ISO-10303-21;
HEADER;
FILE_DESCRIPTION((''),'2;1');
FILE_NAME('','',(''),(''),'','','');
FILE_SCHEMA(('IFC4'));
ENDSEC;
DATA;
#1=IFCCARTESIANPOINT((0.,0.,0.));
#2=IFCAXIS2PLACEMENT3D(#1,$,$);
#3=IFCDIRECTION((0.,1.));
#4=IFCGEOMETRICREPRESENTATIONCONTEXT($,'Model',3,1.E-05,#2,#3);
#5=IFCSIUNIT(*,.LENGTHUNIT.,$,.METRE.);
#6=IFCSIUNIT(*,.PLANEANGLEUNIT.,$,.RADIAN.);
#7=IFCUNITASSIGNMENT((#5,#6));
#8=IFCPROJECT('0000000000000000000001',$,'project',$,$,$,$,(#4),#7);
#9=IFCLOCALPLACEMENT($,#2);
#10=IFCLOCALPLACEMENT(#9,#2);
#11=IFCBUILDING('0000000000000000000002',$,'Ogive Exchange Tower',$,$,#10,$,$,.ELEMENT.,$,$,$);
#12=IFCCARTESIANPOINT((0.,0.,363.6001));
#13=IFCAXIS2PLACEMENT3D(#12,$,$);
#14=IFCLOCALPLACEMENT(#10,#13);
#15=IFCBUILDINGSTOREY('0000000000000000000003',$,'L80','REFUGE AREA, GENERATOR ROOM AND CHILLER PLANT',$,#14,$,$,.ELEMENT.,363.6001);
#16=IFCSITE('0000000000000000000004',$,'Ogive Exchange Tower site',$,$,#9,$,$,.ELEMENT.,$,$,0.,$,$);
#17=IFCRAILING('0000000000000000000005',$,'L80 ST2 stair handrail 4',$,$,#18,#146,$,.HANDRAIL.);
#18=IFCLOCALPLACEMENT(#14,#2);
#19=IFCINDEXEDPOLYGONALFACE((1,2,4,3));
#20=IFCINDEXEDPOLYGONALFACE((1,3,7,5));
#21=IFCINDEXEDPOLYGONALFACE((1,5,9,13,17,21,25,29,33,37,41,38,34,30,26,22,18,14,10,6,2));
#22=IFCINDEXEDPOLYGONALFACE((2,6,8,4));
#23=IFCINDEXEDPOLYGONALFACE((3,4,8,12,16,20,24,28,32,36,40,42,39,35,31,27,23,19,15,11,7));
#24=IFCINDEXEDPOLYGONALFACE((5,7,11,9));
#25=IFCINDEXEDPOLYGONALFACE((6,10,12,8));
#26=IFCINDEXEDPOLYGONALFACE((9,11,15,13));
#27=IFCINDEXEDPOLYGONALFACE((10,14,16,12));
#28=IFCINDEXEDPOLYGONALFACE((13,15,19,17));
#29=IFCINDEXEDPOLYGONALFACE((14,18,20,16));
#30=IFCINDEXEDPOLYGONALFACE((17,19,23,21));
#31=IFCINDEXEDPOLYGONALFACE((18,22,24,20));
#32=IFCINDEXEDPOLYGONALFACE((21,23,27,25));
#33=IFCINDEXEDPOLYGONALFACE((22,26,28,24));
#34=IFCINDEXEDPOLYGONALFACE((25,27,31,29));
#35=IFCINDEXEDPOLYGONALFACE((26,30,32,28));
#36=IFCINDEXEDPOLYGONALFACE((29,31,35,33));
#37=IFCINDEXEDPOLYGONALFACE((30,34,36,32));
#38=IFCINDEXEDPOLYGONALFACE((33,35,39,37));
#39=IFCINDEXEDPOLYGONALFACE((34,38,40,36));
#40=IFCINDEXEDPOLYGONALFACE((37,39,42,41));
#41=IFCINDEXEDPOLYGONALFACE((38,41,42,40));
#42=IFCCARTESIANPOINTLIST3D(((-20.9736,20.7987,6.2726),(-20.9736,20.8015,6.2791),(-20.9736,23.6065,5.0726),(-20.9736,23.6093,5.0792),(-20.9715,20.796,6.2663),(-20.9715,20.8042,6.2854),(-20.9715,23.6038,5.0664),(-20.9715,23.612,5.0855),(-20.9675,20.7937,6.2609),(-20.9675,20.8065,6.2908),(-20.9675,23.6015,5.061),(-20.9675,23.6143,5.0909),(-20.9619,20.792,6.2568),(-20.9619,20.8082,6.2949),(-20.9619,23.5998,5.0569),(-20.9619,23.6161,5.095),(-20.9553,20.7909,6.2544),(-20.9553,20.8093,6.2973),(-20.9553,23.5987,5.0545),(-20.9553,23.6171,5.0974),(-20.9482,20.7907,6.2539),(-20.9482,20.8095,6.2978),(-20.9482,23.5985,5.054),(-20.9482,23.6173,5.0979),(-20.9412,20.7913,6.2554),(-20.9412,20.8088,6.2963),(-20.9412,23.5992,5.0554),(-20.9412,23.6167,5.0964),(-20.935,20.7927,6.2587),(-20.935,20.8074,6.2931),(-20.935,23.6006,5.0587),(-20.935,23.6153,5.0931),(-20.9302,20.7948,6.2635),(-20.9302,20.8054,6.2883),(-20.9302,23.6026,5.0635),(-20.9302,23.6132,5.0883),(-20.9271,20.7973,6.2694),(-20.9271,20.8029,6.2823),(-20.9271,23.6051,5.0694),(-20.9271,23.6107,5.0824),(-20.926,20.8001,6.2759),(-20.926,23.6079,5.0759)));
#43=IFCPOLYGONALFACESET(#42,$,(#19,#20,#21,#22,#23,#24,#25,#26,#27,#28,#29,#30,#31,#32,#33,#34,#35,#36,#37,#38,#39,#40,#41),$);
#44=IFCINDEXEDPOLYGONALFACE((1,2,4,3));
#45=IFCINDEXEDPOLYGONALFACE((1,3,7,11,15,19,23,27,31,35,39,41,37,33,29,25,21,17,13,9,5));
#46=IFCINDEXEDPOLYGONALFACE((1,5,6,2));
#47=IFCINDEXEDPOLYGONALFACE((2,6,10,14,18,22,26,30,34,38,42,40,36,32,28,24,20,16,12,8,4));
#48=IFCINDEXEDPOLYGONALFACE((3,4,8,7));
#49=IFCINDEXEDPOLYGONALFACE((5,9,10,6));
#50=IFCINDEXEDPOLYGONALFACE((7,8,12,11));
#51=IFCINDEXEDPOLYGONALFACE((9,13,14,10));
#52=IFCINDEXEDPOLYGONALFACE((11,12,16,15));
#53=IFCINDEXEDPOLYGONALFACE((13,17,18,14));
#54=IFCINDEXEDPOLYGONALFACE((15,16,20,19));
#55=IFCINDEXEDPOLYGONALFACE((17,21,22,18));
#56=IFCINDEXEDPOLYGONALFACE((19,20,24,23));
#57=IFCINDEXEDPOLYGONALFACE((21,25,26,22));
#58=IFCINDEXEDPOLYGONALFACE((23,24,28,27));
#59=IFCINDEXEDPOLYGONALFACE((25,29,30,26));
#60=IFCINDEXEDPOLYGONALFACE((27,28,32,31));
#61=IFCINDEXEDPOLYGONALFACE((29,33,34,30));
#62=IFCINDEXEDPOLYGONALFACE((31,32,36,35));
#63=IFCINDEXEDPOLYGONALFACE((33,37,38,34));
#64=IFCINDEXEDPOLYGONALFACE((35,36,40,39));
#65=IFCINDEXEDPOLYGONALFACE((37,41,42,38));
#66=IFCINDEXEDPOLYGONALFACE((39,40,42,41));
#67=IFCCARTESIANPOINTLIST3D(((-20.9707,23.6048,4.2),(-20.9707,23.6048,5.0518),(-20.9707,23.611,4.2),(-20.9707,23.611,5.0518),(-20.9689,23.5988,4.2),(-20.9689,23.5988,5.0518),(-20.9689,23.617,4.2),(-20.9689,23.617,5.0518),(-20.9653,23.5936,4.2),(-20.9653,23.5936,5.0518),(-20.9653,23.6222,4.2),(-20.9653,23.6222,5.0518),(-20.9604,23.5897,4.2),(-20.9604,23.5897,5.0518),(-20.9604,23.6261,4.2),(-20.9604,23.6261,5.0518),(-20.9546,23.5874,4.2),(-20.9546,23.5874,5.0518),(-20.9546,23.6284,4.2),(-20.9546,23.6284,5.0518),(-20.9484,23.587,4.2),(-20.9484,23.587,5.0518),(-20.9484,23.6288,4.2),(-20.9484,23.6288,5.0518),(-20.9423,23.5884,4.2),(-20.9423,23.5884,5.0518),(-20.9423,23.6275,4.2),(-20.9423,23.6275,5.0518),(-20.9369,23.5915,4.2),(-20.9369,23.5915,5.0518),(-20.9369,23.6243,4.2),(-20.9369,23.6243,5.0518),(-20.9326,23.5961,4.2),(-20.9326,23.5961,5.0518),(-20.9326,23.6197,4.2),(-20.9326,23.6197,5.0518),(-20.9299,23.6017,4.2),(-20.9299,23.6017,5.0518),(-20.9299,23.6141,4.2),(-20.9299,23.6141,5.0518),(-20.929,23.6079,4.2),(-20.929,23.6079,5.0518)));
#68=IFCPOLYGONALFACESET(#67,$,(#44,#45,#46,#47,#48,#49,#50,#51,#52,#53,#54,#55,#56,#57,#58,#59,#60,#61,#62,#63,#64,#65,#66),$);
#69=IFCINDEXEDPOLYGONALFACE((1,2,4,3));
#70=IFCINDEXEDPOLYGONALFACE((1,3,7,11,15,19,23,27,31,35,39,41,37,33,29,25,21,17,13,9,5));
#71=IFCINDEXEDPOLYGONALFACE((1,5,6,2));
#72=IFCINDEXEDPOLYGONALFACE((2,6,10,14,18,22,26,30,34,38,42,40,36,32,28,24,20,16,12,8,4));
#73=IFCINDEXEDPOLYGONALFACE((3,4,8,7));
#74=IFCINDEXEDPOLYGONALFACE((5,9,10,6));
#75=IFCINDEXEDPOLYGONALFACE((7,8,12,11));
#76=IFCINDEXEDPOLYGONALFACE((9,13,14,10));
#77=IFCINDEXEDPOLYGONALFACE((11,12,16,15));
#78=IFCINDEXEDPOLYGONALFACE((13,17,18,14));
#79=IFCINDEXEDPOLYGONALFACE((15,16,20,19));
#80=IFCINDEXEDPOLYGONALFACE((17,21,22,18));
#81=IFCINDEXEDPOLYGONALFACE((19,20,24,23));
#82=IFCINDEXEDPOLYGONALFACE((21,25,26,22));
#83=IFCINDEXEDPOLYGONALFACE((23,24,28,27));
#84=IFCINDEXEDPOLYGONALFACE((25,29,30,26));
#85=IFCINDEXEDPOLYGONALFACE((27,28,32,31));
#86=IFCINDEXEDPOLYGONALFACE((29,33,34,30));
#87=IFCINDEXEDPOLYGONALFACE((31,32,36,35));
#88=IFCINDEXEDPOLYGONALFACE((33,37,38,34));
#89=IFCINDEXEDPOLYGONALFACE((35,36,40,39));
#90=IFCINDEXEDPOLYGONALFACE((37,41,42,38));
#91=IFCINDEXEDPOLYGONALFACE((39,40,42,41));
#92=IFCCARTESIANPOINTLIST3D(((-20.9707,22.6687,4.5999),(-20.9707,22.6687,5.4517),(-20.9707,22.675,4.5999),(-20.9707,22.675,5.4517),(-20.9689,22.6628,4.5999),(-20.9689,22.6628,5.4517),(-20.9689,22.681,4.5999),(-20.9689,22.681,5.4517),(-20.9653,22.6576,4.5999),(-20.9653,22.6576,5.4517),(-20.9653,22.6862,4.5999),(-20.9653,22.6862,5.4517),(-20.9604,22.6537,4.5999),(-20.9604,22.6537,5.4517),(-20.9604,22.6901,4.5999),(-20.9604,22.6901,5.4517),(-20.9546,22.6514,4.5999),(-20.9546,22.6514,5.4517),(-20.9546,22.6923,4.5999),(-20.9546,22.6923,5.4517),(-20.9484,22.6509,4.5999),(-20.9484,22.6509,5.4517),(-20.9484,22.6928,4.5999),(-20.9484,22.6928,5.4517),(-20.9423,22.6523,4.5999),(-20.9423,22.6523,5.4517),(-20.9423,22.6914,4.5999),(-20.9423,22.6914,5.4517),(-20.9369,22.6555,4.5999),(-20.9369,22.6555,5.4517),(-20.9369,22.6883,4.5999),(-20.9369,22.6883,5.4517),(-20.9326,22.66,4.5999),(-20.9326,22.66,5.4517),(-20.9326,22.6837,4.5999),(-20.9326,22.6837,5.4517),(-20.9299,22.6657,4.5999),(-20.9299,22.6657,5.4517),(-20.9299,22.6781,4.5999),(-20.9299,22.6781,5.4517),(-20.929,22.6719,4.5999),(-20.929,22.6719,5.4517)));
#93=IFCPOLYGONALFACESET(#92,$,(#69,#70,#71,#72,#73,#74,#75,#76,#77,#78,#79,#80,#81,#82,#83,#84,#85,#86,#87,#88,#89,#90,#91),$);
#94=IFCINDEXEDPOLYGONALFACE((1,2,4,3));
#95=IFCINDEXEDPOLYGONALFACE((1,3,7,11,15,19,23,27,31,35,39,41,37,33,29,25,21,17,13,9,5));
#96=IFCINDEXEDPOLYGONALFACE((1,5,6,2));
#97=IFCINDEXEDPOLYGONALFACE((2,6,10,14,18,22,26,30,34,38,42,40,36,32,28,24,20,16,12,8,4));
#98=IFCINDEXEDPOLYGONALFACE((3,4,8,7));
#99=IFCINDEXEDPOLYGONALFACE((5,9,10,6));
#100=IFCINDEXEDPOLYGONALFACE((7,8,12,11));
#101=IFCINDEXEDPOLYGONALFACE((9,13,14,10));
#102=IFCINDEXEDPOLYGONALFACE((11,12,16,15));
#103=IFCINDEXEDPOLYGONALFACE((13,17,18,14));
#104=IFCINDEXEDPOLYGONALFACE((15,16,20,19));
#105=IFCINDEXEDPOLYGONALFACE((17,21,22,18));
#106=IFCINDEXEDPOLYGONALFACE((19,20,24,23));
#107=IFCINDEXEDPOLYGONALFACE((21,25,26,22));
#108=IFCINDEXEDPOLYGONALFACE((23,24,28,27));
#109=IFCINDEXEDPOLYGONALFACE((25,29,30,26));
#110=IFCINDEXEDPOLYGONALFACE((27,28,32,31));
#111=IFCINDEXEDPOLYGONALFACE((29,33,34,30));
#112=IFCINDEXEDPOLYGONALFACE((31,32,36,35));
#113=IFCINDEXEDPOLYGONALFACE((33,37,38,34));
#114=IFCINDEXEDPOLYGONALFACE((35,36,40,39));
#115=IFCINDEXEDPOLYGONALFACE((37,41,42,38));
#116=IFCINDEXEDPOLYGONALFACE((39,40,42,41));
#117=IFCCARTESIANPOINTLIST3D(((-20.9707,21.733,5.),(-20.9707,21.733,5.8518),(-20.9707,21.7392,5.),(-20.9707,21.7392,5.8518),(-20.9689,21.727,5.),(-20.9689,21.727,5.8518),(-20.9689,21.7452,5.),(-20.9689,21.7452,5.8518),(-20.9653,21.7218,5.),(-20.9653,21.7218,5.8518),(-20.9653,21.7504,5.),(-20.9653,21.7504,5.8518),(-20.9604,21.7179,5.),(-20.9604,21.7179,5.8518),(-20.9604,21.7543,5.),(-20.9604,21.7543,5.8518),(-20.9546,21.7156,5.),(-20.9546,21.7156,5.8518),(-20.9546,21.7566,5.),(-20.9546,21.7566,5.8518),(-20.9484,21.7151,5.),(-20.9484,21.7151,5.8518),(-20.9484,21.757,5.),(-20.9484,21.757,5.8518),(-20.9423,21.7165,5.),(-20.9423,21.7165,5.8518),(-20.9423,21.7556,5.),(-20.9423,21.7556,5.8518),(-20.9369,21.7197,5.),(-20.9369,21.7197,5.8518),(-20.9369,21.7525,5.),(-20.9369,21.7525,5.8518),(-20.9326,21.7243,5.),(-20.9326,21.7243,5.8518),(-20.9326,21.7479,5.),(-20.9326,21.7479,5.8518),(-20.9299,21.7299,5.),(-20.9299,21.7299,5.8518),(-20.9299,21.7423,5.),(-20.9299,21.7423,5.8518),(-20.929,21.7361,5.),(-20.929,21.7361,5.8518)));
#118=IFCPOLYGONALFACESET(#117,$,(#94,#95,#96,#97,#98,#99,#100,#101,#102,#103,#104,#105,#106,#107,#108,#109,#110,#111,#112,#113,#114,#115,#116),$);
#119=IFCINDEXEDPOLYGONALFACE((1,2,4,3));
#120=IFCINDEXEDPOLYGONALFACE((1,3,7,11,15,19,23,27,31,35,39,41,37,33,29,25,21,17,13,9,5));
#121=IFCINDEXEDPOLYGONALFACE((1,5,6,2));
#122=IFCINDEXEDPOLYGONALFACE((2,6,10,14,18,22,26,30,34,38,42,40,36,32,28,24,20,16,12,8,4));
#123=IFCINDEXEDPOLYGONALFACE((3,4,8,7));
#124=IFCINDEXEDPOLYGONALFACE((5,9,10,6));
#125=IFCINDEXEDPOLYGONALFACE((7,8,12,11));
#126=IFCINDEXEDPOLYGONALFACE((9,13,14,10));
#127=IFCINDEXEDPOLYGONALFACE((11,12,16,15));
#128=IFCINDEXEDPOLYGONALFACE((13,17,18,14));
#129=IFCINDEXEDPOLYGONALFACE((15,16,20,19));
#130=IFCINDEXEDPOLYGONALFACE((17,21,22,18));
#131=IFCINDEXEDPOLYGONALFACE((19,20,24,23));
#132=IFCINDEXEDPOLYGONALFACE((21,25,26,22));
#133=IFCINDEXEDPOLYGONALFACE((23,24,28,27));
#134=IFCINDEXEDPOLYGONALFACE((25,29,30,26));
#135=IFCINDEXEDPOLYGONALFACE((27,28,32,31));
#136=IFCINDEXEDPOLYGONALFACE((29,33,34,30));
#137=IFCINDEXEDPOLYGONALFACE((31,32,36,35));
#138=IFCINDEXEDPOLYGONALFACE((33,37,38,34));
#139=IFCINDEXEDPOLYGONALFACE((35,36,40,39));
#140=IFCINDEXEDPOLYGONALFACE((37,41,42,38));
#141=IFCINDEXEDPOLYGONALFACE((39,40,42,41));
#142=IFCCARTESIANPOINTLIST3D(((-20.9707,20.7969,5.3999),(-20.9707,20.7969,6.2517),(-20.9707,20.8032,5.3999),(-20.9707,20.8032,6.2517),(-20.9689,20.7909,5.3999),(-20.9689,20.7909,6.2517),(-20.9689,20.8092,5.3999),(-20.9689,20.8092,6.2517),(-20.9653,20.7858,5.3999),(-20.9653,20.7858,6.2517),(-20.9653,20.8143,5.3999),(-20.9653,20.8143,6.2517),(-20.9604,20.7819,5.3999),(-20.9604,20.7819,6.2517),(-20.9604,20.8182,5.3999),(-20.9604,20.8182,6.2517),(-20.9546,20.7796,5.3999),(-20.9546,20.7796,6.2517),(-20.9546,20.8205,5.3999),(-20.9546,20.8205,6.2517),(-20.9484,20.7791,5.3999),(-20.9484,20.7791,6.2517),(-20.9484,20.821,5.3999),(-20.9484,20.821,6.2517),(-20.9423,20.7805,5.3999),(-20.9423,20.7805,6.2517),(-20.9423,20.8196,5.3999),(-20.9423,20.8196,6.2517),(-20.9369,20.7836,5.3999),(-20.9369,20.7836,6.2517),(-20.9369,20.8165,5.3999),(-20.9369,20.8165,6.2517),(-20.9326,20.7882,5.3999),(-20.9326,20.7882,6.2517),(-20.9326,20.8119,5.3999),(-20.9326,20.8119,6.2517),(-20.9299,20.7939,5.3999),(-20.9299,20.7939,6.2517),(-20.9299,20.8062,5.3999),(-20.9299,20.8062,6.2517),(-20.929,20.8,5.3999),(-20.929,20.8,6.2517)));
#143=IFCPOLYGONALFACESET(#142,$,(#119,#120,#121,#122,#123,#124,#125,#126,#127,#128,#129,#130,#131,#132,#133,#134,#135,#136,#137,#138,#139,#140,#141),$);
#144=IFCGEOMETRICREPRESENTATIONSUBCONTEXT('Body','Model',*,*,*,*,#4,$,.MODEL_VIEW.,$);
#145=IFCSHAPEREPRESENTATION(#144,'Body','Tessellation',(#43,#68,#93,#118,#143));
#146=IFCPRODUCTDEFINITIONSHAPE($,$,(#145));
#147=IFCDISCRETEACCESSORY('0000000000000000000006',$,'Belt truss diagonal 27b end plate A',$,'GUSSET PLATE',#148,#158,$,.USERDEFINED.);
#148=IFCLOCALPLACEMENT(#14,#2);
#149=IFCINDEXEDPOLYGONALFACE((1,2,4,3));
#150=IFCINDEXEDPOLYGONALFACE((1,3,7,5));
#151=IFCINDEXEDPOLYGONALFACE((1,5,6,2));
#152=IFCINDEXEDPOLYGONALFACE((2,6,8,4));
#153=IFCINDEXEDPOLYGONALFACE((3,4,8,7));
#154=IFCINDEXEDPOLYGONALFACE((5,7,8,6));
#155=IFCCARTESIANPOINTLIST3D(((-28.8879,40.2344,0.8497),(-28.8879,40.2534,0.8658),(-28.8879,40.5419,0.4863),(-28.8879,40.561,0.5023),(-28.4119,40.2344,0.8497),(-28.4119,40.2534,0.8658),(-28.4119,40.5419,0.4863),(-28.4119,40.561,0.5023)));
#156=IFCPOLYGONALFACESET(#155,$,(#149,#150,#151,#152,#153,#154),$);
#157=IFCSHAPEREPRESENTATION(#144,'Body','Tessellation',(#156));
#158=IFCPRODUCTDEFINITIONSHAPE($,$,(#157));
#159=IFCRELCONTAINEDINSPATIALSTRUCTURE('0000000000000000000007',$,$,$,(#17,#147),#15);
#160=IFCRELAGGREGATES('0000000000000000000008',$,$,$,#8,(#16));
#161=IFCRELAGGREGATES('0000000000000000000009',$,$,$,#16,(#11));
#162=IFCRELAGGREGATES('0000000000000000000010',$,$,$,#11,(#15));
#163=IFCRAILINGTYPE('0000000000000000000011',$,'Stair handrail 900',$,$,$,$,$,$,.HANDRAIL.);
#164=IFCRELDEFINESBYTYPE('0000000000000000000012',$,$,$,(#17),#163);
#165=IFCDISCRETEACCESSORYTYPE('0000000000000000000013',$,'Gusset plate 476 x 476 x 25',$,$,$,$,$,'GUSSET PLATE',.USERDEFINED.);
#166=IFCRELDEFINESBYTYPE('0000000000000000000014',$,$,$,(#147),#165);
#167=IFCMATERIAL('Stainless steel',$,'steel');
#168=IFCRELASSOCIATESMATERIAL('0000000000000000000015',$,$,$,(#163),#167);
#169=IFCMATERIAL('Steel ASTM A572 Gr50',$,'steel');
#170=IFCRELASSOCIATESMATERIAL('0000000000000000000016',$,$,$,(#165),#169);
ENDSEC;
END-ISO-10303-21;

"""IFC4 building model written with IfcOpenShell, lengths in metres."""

from ifc_helpers import new_model, si_unit, direction, frame, origin, origin_2d, place, context, subcontext, project, spatial, rectangle, circle, extrude, material, material_profile, profile_set, type_object, element, save


model = new_model("IFC4")

# Units and contexts
model_context = context("Model", 3, precision=1e-05, world=origin(), true_north=direction((0.0, 1.0)))
body_context = subcontext(model_context, "Body", "Model", "MODEL_VIEW")
ifc_project = project(units=[si_unit("LENGTHUNIT", "METRE"), si_unit("PLANEANGLEUNIT", "RADIAN")], contexts=[model_context])

# Site, building, storey
site_placement = place(None, origin())
site = spatial("IfcSite", under=ifc_project, at=site_placement, Name="Ogive Exchange Tower site", CompositionType="ELEMENT", RefElevation=0.0)
building_placement = place(site_placement, origin())
building = spatial("IfcBuilding", under=site, at=building_placement, Name="Ogive Exchange Tower", CompositionType="ELEMENT")
storey_placement = place(building_placement, frame((0.0, 0.0, 363.6001)))
storey = spatial("IfcBuildingStorey", under=building, at=storey_placement, Name="L80", Description="REFUGE AREA, GENERATOR ROOM AND CHILLER PLANT", CompositionType="ELEMENT", Elevation=363.6001)

# Railing
ifc_material_1 = material(Name="Stainless steel", Category="steel")
railing_type = type_object("IfcRailingType", Name="Stair handrail 900", PredefinedType="HANDRAIL", material=ifc_material_1)
for number, where, name in (
    (1, (-20.95, 23.6079, 4.2), "L80 ST2 stair handrail 4"),
):
    element("IfcRailing", number, at=place(storey_placement, frame(where)), inside=storey, type_object=railing_type, Name=name, PredefinedType="HANDRAIL", context=body_context, shape_type="SweptSolid", body=[
        extrude(circle(Radius=0.0239, at=origin_2d()), frame((0.0, 0.0, 0.876), z_axis=(0.0, -0.91955, 0.392973), x_axis=(1.0, 0.0, 0.0)), (0.0, 0.0, 1.0), 3.0535),
        extrude(circle(Radius=0.021, at=origin_2d()), origin(), (0.0, 0.0, 1.0), 0.8518),
        extrude(circle(Radius=0.021, at=origin_2d()), frame((0.0, -0.936, 0.3999)), (0.0, 0.0, 1.0), 0.8518),
        extrude(circle(Radius=0.021, at=origin_2d()), frame((0.0, -1.8718, 0.8)), (0.0, 0.0, 1.0), 0.8518),
        extrude(circle(Radius=0.021, at=origin_2d()), frame((0.0, -2.8079, 1.2)), (0.0, 0.0, 1.0), 0.8518),
    ])

# Discrete accessory
ifc_material_2 = material(Name="Steel ASTM A572 Gr50", Category="steel")
ifc_material_profile_1 = material_profile(ifc_material_2, rectangle(XDim=0.4761, YDim=0.4761, at=origin_2d()), Name="PL 476 x 476 x 25")
ifc_profile_set_1 = profile_set([ifc_material_profile_1], Name="Steel ASTM A572 Gr50")
discrete_accessory_type = type_object("IfcDiscreteAccessoryType", Name="Gusset plate 476 x 476 x 25", ElementType="GUSSET PLATE", PredefinedType="USERDEFINED", material=ifc_profile_set_1)
discrete_accessory_placement = place(storey_placement, frame((-28.6499, 40.3882, 0.668), z_axis=(0.0, 0.763386, 0.645942), x_axis=(-1.0, 0.0, 0.0)))
element("IfcDiscreteAccessory", 2, at=discrete_accessory_placement, inside=storey, type_object=discrete_accessory_type, Name="Belt truss diagonal 27b end plate A", ObjectType="GUSSET PLATE", PredefinedType="USERDEFINED", context=body_context, shape_type="SweptSolid", body=[
    extrude(rectangle(XDim=0.4761, YDim=0.4761, at=origin_2d()), origin(), (0.0, 0.0, 1.0), 0.0249),
])

save(model, "model.ifc")
